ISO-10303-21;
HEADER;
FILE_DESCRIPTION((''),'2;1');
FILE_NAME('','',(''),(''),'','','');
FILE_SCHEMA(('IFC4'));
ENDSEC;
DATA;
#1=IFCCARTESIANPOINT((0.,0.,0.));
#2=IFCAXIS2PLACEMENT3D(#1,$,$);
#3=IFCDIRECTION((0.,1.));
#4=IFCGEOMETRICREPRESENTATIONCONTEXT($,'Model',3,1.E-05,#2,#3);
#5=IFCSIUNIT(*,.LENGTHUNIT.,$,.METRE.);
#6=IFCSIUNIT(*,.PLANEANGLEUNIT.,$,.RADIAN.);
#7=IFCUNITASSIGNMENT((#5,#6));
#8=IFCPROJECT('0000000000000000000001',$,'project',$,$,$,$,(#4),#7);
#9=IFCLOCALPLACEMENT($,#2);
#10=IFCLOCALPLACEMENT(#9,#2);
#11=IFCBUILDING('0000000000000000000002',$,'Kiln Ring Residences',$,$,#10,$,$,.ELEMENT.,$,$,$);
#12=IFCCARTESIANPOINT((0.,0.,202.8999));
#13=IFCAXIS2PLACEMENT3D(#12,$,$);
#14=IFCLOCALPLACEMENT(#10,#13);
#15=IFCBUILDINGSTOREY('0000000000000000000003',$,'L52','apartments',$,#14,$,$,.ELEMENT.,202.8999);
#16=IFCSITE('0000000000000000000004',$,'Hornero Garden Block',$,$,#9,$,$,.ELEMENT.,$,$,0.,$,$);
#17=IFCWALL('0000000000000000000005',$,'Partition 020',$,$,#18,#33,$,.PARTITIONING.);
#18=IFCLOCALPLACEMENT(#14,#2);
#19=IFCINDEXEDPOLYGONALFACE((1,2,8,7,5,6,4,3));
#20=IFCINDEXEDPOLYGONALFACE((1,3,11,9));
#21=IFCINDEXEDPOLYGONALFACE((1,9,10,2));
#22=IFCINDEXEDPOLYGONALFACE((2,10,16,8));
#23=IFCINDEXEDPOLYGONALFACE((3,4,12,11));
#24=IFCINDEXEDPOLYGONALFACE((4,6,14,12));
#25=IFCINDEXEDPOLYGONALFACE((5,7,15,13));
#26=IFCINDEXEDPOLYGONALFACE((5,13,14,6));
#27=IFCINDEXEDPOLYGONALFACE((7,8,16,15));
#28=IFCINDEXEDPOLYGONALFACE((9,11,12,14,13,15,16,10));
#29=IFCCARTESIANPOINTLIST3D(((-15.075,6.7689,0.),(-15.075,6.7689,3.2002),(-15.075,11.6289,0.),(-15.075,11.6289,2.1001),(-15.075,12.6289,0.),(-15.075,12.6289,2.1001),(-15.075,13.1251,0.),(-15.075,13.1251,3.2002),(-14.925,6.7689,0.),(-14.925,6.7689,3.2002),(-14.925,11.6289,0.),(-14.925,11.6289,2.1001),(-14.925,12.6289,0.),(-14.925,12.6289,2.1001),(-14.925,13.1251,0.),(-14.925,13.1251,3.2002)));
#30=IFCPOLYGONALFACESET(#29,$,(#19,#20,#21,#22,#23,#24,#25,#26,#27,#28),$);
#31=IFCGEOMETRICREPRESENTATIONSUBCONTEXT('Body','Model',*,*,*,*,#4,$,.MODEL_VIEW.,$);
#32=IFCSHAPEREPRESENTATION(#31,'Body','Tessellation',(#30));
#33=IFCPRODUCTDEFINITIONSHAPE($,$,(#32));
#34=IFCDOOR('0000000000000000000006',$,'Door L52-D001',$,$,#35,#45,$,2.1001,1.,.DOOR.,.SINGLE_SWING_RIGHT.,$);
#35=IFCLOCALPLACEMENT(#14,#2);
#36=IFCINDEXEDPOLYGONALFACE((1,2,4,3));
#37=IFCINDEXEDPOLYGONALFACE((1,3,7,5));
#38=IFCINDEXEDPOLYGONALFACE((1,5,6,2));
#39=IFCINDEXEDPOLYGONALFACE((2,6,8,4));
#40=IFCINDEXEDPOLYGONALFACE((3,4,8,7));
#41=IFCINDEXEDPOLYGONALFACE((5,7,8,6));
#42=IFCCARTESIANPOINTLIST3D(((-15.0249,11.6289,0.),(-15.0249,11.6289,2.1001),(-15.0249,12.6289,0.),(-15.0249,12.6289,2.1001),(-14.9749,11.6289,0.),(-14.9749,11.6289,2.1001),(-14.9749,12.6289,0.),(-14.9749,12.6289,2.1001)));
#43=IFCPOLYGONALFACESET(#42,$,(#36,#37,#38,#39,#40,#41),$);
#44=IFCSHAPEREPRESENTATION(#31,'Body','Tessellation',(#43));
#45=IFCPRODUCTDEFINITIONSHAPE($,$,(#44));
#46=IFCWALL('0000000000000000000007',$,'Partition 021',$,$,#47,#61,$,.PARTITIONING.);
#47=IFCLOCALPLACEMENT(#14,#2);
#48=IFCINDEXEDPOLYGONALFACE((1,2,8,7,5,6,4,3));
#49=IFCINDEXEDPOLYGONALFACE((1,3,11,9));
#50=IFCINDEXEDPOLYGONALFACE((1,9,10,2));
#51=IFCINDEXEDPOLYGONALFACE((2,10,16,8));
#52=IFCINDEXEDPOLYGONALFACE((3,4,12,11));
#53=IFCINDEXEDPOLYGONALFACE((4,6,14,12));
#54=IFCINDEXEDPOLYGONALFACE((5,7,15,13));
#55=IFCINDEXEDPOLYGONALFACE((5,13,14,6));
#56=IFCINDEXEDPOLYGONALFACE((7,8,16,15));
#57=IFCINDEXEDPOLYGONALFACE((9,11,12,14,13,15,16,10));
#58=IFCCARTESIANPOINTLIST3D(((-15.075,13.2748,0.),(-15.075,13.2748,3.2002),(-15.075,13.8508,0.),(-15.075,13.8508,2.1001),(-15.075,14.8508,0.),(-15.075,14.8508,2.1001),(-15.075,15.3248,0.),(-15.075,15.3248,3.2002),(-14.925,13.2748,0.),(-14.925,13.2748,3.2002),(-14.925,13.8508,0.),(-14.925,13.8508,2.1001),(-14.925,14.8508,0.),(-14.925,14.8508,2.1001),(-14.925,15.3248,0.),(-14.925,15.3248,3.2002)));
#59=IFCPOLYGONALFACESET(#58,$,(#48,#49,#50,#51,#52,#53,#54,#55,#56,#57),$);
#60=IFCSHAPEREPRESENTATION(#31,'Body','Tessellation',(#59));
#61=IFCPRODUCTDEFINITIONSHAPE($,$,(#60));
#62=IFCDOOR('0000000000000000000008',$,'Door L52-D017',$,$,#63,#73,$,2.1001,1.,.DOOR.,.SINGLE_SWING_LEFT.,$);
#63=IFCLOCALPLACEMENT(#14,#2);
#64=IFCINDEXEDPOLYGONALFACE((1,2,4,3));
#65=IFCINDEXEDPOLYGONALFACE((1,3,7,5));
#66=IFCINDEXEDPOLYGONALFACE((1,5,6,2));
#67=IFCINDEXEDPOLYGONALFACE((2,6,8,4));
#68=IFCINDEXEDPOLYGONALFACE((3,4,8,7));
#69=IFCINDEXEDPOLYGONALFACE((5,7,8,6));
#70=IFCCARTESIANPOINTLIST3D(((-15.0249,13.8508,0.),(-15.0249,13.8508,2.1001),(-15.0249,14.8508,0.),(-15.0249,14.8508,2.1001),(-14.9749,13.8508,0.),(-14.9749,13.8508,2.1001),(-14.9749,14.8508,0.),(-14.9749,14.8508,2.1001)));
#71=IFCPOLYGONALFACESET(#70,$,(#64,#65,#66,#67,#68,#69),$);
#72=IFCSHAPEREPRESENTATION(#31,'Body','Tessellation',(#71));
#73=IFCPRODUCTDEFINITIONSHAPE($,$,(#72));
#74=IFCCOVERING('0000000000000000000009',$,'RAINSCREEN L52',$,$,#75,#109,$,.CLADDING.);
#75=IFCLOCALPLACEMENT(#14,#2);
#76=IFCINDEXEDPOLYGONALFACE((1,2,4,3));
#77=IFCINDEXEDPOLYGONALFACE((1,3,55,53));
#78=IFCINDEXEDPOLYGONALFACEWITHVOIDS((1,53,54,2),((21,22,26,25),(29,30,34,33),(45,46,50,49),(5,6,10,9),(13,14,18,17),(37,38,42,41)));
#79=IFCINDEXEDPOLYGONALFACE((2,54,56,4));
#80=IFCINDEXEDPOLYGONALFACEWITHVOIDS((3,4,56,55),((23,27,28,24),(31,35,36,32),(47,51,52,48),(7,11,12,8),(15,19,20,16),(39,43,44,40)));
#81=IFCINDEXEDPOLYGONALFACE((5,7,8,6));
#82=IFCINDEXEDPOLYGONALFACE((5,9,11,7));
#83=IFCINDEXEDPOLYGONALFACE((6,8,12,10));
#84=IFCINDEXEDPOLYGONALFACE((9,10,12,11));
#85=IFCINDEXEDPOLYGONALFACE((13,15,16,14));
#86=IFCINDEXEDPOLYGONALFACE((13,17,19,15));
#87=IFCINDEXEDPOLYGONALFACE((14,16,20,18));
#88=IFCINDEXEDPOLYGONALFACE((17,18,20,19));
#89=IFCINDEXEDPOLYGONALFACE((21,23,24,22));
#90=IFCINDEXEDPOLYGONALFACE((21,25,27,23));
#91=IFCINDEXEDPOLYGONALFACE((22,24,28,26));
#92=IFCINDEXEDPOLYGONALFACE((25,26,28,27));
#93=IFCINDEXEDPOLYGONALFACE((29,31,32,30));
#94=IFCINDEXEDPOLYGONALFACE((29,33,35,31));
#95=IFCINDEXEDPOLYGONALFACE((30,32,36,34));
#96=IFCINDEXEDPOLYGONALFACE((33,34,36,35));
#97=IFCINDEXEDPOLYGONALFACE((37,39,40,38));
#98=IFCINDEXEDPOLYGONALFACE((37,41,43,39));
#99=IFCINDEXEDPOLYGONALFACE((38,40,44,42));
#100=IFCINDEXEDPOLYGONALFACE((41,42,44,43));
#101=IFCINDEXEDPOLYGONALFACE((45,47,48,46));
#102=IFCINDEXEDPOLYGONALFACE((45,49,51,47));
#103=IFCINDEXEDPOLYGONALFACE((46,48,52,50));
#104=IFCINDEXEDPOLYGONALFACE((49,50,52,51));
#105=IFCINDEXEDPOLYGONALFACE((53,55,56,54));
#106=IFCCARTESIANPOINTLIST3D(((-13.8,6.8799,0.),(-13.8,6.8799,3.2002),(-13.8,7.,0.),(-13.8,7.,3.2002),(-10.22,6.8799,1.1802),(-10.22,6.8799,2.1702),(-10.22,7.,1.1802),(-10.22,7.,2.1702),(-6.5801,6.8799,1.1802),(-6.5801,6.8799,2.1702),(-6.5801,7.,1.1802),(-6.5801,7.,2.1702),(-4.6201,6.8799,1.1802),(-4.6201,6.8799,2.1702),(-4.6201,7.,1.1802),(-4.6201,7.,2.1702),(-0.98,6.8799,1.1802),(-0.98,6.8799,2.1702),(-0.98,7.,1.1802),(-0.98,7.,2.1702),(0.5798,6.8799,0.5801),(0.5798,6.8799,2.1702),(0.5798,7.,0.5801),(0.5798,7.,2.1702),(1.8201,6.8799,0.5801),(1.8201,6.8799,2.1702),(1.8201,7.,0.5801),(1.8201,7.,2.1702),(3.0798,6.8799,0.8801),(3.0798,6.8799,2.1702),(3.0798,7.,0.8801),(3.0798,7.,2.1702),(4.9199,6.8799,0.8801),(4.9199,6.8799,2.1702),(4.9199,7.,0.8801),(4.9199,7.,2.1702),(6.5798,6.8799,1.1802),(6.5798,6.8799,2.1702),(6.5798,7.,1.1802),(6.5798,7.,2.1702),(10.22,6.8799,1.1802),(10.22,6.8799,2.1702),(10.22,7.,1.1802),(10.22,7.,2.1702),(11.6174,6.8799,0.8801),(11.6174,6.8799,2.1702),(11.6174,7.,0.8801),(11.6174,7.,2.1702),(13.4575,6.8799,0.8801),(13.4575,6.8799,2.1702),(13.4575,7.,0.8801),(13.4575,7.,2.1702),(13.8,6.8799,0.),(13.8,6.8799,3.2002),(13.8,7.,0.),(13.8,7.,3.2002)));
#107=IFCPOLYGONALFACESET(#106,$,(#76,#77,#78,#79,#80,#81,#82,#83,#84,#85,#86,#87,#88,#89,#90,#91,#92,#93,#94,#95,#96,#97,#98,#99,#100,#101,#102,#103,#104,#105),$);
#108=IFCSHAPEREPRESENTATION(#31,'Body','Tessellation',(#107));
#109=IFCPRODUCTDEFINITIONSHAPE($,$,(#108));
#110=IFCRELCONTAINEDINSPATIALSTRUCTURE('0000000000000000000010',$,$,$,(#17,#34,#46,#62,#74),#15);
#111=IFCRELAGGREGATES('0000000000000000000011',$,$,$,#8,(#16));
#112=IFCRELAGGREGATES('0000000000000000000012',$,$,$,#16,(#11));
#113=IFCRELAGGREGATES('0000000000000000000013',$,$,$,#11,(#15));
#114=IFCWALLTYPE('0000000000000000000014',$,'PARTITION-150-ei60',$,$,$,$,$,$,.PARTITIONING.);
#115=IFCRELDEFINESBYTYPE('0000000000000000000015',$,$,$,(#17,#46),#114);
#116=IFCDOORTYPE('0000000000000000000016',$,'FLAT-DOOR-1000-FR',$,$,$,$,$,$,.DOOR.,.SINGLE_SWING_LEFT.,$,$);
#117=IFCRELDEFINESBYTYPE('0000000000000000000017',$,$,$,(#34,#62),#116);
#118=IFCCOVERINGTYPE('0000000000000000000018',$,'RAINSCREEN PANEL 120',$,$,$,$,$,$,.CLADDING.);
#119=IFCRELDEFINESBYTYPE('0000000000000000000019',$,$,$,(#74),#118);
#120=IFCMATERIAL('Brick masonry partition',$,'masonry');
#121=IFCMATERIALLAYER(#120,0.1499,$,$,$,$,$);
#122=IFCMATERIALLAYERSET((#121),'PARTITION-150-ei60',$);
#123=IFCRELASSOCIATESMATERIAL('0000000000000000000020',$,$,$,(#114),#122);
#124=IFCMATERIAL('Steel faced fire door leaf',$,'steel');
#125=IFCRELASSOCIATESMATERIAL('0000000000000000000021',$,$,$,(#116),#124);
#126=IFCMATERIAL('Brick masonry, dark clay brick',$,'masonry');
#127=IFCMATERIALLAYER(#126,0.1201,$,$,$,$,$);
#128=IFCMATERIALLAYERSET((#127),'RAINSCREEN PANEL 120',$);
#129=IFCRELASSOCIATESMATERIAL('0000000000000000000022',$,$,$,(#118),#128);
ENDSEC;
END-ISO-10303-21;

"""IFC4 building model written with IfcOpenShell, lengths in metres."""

from ifc_helpers import new_model, si_unit, direction, frame, frame_2d, origin, place, context, subcontext, project, spatial, polyline, rectangle, outline, extrude, material, layer, layer_set, type_object, element, fill, save


model = new_model("IFC4")

# Units and contexts
model_context = context("Model", 3, precision=1e-05, world=origin(), true_north=direction((0.0, 1.0)))
body_context = subcontext(model_context, "Body", "Model", "MODEL_VIEW")
ifc_project = project(units=[si_unit("LENGTHUNIT", "METRE"), si_unit("PLANEANGLEUNIT", "RADIAN")], contexts=[model_context])

# Site, building, storey
site_placement = place(None, origin())
site = spatial("IfcSite", under=ifc_project, at=site_placement, Name="Hornero Garden Block", CompositionType="ELEMENT", RefElevation=0.0)
building_placement = place(site_placement, origin())
building = spatial("IfcBuilding", under=site, at=building_placement, Name="Kiln Ring Residences", CompositionType="ELEMENT")
storey_placement = place(building_placement, frame((0.0, 0.0, 202.8999)))
storey = spatial("IfcBuildingStorey", under=building, at=storey_placement, Name="L52", Description="apartments", CompositionType="ELEMENT", Elevation=202.8999)

# Shared definitions
ifc_material_1 = material(Name="Brick masonry partition", Category="masonry")
ifc_layer_1 = layer(ifc_material_1, 0.1499)
ifc_layer_set_1 = layer_set([ifc_layer_1], Name="PARTITION-150-ei60")
wall_type_1 = type_object("IfcWallType", Name="PARTITION-150-ei60", PredefinedType="PARTITIONING", material=ifc_layer_set_1)
ifc_material_2 = material(Name="Steel faced fire door leaf", Category="steel")
door_type_1 = type_object("IfcDoorType", Name="FLAT-DOOR-1000-FR", OperationType="SINGLE_SWING_LEFT", PredefinedType="DOOR", material=ifc_material_2)

# Walls, openings, doors
wall_1_placement = place(storey_placement, frame((-15.0, 6.7688, 0.0), z_axis=(0.0, 0.0, 1.0), x_axis=(0.0, 1.0, 0.0)))
wall_1 = element("IfcWall", 1, at=wall_1_placement, inside=storey, type_object=wall_type_1, Name="Partition 020", PredefinedType="PARTITIONING", context=body_context, shape_type="SweptSolid", body=[
    extrude(rectangle(XDim=6.3562, YDim=0.1499, at=frame_2d((3.1782, 0.0))), origin(), (0.0, 0.0, 1.0), 3.2002),
])
opening_1_placement = place(wall_1_placement, frame((4.8601, 0.0, 0.0)))
opening_1 = element("IfcOpeningElement", 2, at=opening_1_placement, cuts=wall_1, PredefinedType="OPENING", context=body_context, shape_type="SweptSolid", body=[
    extrude(rectangle(XDim=1.0, YDim=2.1001, at=frame_2d((0.5, 1.05))), frame((0.0, 0.085, 0.0), z_axis=(0.0, -1.0, 0.0), x_axis=(1.0, 0.0, 0.0)), (0.0, 0.0, 1.0), 0.1699),
])
door_1_placement = place(opening_1_placement, origin())
door_1 = element("IfcDoor", 3, at=door_1_placement, inside=storey, type_object=door_type_1, Name="Door L52-D001", OperationType="SINGLE_SWING_RIGHT", OverallHeight=2.1001, OverallWidth=1.0, PredefinedType="DOOR", context=body_context, shape_type="SweptSolid", body=[
    extrude(rectangle(XDim=1.0, YDim=2.1001, at=frame_2d((0.5, 1.05))), frame((0.0, 0.0249, 0.0), z_axis=(0.0, -1.0, 0.0), x_axis=(1.0, 0.0, 0.0)), (0.0, 0.0, 1.0), 0.05),
])
fill(opening_1, door_1)
wall_2_placement = place(storey_placement, frame((-15.0, 13.2749, 0.0), z_axis=(0.0, 0.0, 1.0), x_axis=(0.0, 1.0, 0.0)))
wall_2 = element("IfcWall", 4, at=wall_2_placement, inside=storey, type_object=wall_type_1, Name="Partition 021", PredefinedType="PARTITIONING", context=body_context, shape_type="SweptSolid", body=[
    extrude(rectangle(XDim=2.05, YDim=0.1499, at=frame_2d((1.0249, 0.0))), origin(), (0.0, 0.0, 1.0), 3.2002),
])
opening_2_placement = place(wall_2_placement, frame((0.5759, 0.0, 0.0)))
opening_2 = element("IfcOpeningElement", 5, at=opening_2_placement, cuts=wall_2, PredefinedType="OPENING", context=body_context, shape_type="SweptSolid", body=[
    extrude(rectangle(XDim=1.0, YDim=2.1001, at=frame_2d((0.5, 1.05))), frame((0.0, 0.085, 0.0), z_axis=(0.0, -1.0, 0.0), x_axis=(1.0, 0.0, 0.0)), (0.0, 0.0, 1.0), 0.1699),
])
door_2_placement = place(opening_2_placement, origin())
door_2 = element("IfcDoor", 6, at=door_2_placement, inside=storey, type_object=door_type_1, Name="Door L52-D017", OperationType="SINGLE_SWING_LEFT", OverallHeight=2.1001, OverallWidth=1.0, PredefinedType="DOOR", context=body_context, shape_type="SweptSolid", body=[
    extrude(rectangle(XDim=1.0, YDim=2.1001, at=frame_2d((0.5, 1.05))), frame((0.0, 0.0249, 0.0), z_axis=(0.0, -1.0, 0.0), x_axis=(1.0, 0.0, 0.0)), (0.0, 0.0, 1.0), 0.05),
])
fill(opening_2, door_2)

# Covering
ifc_material_3 = material(Name="Brick masonry, dark clay brick", Category="masonry")
ifc_layer_2 = layer(ifc_material_3, 0.1201)
ifc_layer_set_2 = layer_set([ifc_layer_2], Name="RAINSCREEN PANEL 120")
covering_type = type_object("IfcCoveringType", Name="RAINSCREEN PANEL 120", PredefinedType="CLADDING", material=ifc_layer_set_2)
covering_placement = place(storey_placement, frame((-13.8, 6.9399, 0.0), z_axis=(0.0, 0.0, 1.0), x_axis=(1.0, 0.0, 0.0)))
element("IfcCovering", 7, at=covering_placement, inside=storey, type_object=covering_type, Name="RAINSCREEN L52", PredefinedType="CLADDING", context=body_context, shape_type="SweptSolid", body=[
    extrude(outline(polyline([(0.0, 0.0), (27.6001, 0.0), (27.6001, 3.2002), (0.0, 3.2002), (0.0, 0.0)]), holes=[polyline([(15.6201, 0.5801), (15.6201, 2.1702), (14.3799, 2.1702), (14.3799, 0.5801), (15.6201, 0.5801)]), polyline([(16.8799, 0.8801), (18.72, 0.8801), (18.72, 2.1702), (16.8799, 2.1702), (16.8799, 0.8801)]), polyline([(25.4175, 0.8801), (27.2576, 0.8801), (27.2576, 2.1702), (25.4175, 2.1702), (25.4175, 0.8801)]), polyline([(7.22, 1.1802), (7.22, 2.1702), (3.5801, 2.1702), (3.5801, 1.1802), (7.22, 1.1802)]), polyline([(9.1799, 1.1802), (12.8201, 1.1802), (12.8201, 2.1702), (9.1799, 2.1702), (9.1799, 1.1802)]), polyline([(20.3799, 1.1802), (24.02, 1.1802), (24.02, 2.1702), (20.3799, 2.1702), (20.3799, 1.1802)])]), frame((0.0, 0.0601, 0.0), z_axis=(0.0, -1.0, 0.0), x_axis=(1.0, 0.0, 0.0)), (0.0, 0.0, 1.0), 0.1201),
])

save(model, "model.ifc")
